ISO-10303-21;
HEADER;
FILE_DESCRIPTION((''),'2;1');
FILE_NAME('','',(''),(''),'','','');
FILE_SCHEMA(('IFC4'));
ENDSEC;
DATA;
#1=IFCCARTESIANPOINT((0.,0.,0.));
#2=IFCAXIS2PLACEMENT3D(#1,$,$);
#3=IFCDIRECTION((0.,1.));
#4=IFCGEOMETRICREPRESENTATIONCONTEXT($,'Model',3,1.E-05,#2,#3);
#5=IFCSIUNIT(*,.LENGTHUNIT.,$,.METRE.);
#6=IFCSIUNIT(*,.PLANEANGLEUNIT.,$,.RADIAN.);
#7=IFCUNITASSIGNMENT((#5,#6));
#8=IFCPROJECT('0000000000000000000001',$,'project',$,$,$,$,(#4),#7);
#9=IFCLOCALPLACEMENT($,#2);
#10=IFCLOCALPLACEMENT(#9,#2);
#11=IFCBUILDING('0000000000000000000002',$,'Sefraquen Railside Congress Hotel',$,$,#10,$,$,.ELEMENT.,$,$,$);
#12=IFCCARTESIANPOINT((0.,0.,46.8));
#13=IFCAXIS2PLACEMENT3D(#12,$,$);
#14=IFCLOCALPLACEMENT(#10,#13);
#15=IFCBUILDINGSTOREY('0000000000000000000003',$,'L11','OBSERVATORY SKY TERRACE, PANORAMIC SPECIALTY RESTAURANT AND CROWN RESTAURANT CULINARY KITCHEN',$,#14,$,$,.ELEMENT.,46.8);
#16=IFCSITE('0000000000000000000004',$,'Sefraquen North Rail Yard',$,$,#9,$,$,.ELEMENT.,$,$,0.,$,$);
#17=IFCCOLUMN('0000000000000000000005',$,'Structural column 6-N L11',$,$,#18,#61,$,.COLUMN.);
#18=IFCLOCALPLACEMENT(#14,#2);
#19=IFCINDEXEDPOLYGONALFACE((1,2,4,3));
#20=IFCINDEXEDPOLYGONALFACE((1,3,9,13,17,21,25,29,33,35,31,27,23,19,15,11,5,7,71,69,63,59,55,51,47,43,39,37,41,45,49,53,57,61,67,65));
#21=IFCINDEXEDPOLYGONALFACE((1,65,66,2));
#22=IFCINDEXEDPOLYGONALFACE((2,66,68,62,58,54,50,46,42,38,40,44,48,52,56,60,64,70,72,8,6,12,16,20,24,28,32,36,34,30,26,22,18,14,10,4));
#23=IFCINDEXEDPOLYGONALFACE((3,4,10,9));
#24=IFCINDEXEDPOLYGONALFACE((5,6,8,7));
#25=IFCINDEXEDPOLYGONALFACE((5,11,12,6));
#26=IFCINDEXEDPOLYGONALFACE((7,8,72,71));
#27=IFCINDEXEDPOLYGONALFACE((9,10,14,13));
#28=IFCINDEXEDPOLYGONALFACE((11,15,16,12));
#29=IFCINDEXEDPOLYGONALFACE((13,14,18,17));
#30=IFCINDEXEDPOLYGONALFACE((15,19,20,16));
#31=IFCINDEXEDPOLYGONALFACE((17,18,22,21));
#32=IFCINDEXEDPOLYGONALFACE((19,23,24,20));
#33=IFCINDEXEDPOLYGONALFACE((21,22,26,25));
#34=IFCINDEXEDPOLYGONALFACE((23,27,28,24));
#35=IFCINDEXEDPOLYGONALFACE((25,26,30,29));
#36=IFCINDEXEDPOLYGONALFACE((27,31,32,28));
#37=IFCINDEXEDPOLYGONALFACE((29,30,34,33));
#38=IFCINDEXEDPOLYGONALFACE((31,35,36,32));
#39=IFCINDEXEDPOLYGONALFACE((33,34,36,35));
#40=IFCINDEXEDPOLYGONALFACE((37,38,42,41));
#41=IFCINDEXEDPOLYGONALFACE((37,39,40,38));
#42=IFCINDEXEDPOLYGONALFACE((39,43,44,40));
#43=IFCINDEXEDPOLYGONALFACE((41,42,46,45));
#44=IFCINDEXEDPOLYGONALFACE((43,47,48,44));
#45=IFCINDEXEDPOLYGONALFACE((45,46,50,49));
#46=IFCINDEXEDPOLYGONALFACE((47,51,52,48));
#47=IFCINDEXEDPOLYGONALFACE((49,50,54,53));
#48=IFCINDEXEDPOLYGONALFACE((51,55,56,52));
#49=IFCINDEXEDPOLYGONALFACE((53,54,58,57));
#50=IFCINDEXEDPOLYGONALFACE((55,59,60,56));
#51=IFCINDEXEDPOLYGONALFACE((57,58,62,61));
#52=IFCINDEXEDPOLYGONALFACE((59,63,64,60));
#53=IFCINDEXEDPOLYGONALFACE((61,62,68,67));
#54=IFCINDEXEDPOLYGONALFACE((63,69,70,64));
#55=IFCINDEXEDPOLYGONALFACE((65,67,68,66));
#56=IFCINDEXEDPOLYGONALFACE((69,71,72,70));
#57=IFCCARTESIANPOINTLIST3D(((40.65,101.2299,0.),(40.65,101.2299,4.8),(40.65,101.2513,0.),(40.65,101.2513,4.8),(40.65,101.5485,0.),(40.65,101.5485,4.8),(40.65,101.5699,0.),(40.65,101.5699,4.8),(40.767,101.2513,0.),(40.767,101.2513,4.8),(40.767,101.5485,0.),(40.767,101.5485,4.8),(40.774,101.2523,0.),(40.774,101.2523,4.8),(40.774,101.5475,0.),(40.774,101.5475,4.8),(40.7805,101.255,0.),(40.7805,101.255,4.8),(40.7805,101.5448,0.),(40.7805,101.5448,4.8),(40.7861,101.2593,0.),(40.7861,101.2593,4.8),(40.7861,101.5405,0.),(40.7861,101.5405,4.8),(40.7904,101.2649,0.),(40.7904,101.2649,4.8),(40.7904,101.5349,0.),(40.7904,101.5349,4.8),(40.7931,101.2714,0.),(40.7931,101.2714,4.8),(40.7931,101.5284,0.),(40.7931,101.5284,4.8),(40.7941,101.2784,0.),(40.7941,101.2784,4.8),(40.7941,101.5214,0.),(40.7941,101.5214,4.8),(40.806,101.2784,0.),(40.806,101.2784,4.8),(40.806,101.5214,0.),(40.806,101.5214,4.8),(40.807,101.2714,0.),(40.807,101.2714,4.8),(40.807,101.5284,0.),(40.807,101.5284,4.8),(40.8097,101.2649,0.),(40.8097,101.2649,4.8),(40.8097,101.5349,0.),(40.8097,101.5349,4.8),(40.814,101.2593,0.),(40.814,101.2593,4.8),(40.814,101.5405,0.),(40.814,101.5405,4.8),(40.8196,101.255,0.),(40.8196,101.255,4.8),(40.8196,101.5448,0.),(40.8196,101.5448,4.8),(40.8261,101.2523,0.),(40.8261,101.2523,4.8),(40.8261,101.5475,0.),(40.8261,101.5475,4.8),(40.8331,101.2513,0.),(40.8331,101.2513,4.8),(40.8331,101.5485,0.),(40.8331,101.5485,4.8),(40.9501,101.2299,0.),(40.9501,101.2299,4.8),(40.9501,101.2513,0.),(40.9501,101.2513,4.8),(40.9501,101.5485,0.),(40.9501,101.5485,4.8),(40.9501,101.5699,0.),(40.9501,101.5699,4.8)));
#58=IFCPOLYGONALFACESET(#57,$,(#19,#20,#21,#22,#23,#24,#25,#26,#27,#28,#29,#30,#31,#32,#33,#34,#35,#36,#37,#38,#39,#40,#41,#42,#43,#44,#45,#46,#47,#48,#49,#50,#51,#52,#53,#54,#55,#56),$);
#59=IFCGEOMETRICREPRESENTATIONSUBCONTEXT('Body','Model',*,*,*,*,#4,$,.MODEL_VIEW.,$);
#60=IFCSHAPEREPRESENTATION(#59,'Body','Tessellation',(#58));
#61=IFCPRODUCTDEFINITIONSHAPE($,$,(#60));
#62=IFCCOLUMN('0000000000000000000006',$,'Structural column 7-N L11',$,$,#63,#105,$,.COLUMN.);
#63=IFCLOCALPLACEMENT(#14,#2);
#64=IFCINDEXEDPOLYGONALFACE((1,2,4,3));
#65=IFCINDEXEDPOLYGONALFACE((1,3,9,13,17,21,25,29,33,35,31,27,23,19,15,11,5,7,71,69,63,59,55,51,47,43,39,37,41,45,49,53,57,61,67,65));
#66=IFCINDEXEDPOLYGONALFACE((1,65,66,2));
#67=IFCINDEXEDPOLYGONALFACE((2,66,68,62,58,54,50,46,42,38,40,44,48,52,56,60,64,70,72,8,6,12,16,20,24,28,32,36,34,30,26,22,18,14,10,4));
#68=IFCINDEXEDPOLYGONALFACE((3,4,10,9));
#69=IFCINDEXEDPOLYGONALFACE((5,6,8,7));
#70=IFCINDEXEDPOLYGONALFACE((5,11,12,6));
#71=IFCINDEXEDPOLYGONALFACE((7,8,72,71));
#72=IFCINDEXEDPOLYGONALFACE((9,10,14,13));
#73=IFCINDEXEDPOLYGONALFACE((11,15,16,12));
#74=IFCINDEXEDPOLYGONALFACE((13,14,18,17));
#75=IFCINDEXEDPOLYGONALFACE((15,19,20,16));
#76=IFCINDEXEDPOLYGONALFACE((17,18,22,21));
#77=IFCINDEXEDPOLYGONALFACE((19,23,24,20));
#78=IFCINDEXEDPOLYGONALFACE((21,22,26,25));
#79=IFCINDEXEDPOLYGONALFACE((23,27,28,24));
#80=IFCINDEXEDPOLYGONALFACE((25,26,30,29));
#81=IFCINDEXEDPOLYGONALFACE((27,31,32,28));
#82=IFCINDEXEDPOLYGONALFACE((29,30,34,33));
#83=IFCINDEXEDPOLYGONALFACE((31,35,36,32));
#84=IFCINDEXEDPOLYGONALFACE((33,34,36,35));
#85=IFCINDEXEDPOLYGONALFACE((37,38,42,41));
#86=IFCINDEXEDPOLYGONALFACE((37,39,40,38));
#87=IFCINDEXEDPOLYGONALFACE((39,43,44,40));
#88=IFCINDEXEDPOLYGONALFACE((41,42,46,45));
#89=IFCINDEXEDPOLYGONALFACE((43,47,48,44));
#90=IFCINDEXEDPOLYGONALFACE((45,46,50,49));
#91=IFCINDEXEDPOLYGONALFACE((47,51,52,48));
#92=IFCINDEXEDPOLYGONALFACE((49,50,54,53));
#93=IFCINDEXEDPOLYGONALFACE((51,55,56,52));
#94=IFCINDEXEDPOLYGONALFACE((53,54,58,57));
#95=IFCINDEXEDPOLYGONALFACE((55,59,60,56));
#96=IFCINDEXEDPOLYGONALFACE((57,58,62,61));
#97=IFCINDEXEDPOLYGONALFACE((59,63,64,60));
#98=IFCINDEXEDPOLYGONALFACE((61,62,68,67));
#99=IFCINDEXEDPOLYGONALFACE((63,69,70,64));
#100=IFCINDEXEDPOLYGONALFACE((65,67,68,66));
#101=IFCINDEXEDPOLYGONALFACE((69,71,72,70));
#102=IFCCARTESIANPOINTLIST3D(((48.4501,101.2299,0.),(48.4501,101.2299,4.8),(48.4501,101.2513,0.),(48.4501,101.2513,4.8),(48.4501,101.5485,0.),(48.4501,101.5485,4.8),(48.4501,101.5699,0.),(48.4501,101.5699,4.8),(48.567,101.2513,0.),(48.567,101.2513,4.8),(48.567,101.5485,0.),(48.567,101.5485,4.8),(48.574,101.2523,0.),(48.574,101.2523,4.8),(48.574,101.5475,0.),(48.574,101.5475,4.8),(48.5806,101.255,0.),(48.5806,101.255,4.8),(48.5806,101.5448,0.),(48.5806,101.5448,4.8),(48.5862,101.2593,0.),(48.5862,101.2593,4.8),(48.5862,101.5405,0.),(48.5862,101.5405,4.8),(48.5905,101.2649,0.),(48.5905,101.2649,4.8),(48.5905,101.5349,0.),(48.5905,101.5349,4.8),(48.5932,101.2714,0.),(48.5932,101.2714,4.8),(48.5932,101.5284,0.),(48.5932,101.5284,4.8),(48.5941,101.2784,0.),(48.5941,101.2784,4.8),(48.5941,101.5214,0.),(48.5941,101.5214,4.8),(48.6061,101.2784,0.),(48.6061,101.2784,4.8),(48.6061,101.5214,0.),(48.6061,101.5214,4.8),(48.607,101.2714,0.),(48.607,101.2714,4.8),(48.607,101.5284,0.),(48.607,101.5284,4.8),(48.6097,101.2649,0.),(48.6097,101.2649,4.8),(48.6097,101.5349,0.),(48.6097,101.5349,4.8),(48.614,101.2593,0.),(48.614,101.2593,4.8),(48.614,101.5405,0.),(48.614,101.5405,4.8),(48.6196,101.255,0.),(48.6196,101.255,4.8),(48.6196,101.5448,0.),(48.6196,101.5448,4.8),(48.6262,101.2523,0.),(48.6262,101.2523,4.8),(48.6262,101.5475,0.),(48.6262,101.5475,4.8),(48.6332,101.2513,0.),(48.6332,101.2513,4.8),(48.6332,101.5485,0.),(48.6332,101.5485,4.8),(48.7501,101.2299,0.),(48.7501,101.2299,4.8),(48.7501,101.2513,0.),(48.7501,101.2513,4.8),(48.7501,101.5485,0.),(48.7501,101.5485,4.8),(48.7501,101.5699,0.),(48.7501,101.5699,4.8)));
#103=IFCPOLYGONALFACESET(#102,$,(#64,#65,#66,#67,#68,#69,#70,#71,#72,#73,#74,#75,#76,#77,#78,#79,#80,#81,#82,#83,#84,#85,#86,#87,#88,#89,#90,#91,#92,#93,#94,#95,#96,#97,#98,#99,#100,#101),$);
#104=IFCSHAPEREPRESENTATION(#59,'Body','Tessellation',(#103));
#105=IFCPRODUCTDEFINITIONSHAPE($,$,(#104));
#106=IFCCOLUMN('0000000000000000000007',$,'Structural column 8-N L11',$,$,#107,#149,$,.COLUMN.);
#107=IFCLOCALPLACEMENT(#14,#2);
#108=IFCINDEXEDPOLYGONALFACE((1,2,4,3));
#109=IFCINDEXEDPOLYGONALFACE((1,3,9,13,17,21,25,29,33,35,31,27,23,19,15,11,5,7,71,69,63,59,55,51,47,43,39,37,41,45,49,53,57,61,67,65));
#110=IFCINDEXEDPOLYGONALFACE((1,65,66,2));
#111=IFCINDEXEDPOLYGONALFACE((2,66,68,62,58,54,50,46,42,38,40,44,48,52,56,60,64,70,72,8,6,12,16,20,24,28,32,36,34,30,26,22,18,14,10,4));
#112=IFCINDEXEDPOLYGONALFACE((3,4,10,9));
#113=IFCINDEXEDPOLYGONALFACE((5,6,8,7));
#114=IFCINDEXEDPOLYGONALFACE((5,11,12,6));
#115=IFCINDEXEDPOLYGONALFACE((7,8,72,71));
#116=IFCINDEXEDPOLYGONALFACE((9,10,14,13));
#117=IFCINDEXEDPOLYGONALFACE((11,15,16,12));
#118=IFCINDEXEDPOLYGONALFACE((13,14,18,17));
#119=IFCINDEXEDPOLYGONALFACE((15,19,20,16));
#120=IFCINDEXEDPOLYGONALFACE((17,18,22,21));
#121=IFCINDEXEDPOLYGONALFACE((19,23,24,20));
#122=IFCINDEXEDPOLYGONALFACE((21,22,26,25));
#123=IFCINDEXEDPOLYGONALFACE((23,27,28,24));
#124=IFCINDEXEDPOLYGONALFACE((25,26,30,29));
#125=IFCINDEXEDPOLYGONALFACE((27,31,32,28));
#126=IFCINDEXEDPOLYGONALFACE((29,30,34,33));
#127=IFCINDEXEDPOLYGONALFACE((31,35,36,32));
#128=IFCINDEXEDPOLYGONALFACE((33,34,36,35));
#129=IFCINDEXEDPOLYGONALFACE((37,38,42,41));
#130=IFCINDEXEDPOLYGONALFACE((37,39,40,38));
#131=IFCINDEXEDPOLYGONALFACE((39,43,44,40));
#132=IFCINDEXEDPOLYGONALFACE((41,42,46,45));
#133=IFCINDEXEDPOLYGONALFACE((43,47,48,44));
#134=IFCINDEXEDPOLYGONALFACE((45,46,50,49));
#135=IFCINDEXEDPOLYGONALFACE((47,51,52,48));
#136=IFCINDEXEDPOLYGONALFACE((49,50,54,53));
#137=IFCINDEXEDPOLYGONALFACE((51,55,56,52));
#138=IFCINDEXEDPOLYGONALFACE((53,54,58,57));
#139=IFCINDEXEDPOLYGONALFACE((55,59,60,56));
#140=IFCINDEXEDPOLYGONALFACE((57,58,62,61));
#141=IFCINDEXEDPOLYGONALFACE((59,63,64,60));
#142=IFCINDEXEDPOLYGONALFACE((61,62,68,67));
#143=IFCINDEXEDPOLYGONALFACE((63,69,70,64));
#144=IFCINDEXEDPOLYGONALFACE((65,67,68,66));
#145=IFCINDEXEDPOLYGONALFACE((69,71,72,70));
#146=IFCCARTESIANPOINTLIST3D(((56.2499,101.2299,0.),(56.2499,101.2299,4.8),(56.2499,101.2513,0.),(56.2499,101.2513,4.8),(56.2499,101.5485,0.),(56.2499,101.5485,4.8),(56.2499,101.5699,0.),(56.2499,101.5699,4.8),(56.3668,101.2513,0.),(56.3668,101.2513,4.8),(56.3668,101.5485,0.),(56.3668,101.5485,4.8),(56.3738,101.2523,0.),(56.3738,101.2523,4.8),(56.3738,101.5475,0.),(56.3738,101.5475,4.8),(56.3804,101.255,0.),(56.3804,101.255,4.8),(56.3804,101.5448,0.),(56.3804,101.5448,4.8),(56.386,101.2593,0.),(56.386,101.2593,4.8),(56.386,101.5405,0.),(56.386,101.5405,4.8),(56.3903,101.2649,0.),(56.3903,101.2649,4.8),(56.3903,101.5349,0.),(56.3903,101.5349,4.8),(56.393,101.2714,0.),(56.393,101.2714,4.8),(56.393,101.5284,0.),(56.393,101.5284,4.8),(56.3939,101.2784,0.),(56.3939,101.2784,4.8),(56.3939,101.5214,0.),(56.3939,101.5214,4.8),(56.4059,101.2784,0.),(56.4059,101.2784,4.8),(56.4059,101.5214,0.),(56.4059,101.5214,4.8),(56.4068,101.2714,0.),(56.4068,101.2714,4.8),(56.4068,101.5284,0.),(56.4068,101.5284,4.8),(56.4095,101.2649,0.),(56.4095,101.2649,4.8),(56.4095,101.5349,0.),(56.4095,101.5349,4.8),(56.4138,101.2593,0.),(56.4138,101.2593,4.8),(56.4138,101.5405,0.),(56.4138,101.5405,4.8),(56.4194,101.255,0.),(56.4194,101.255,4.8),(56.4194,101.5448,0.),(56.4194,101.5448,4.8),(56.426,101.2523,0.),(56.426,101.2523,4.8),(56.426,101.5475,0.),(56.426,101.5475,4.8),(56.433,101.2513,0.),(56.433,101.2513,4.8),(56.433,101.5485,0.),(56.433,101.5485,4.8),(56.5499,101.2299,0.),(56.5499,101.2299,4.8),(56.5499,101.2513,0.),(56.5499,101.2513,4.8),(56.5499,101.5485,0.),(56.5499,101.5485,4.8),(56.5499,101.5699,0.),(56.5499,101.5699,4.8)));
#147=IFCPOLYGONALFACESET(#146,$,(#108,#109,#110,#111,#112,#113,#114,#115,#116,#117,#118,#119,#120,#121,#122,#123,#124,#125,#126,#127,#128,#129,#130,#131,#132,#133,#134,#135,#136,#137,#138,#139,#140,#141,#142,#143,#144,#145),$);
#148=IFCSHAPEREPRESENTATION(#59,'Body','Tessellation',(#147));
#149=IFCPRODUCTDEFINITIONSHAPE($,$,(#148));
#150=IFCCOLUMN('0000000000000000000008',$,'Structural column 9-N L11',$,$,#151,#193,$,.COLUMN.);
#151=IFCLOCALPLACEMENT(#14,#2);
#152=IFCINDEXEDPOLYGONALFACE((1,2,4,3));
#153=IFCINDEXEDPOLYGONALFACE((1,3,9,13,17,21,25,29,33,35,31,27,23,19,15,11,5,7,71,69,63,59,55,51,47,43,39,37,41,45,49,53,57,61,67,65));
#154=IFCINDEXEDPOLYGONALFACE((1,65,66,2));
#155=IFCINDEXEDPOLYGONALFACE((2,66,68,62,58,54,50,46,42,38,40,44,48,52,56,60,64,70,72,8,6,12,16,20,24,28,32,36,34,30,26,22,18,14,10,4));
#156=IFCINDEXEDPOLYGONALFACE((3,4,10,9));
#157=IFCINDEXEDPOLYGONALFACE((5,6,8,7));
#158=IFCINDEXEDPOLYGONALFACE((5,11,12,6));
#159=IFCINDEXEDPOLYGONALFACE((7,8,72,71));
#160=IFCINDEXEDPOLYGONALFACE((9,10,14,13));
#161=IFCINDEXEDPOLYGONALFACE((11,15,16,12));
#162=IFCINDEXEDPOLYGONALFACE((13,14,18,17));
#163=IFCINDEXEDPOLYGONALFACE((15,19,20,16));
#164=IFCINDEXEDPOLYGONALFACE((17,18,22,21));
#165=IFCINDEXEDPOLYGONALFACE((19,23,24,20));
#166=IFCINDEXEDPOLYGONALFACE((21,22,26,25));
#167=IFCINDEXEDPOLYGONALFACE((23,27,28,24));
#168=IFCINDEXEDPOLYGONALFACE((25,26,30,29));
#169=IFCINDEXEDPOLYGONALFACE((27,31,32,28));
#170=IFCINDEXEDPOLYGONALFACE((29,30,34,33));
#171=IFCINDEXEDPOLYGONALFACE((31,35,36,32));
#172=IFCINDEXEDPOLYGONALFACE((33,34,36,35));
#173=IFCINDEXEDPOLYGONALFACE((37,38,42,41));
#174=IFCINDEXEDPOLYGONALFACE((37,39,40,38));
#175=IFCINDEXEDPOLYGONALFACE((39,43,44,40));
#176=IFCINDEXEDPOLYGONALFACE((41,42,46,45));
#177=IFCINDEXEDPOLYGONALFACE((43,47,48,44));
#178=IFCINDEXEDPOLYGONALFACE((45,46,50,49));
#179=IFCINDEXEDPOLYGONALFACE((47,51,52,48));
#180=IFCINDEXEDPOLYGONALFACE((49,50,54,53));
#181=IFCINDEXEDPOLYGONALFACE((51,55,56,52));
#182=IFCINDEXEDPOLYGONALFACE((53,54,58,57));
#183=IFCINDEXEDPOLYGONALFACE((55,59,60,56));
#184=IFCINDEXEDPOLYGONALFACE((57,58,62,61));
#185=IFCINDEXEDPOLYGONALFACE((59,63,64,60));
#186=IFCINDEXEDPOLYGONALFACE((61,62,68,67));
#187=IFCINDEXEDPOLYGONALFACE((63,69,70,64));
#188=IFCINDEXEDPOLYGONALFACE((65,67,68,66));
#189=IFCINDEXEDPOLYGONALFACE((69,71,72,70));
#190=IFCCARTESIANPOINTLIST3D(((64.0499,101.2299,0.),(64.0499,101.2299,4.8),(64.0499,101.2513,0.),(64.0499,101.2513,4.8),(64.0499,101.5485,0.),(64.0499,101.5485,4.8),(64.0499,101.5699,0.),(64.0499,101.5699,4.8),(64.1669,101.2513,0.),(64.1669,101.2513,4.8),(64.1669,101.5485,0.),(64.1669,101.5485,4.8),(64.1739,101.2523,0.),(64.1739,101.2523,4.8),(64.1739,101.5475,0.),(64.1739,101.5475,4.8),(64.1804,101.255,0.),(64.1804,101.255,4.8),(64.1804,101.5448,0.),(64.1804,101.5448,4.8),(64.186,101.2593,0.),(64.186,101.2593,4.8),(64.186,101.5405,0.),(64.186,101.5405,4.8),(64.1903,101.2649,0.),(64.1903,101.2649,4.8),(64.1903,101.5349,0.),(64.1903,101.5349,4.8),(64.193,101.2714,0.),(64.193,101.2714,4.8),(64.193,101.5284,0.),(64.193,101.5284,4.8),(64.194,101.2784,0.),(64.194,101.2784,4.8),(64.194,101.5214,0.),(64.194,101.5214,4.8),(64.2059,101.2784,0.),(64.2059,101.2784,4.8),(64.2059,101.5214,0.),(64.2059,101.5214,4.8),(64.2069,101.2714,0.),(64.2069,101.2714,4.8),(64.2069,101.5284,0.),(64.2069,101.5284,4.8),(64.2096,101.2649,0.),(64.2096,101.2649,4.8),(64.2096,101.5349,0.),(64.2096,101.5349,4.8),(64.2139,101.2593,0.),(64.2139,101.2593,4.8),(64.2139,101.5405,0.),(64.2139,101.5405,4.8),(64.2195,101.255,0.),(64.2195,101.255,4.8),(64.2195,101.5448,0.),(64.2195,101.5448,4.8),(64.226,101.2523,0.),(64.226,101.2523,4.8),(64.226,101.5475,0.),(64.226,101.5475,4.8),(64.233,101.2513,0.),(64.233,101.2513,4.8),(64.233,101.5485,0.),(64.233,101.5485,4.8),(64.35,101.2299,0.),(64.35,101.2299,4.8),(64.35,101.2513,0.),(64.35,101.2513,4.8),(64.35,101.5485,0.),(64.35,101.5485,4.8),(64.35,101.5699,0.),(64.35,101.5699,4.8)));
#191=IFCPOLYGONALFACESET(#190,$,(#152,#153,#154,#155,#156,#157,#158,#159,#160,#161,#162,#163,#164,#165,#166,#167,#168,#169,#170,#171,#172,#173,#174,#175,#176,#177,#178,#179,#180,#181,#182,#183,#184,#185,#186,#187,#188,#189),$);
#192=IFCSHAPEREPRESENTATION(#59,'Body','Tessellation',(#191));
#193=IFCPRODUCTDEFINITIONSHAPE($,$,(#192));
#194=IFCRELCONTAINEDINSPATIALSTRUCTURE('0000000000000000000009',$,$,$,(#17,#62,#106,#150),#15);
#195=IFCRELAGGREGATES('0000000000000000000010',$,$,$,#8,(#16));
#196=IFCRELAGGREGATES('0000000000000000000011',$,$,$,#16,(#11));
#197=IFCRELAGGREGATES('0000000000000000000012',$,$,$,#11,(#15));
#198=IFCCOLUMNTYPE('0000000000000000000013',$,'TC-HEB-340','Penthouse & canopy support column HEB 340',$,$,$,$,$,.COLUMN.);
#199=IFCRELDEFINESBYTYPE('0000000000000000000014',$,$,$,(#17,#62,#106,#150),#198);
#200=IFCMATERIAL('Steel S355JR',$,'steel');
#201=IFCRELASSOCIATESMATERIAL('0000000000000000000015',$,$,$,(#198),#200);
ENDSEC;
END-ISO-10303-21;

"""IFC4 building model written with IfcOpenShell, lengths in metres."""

from ifc_helpers import new_model, si_unit, direction, frame, origin, origin_2d, place, context, subcontext, project, spatial, i_section, extrude, material, material_profile, profile_set, type_object, element, save


model = new_model("IFC4")

# Units and contexts
model_context = context("Model", 3, precision=1e-05, world=origin(), true_north=direction((0.0, 1.0)))
body_context = subcontext(model_context, "Body", "Model", "MODEL_VIEW")
ifc_project = project(units=[si_unit("LENGTHUNIT", "METRE"), si_unit("PLANEANGLEUNIT", "RADIAN")], contexts=[model_context])

# Site, building, storey
site_placement = place(None, origin())
site = spatial("IfcSite", under=ifc_project, at=site_placement, Name="Sefraquen North Rail Yard", CompositionType="ELEMENT", RefElevation=0.0)
building_placement = place(site_placement, origin())
building = spatial("IfcBuilding", under=site, at=building_placement, Name="Sefraquen Railside Congress Hotel", CompositionType="ELEMENT")
storey_placement = place(building_placement, frame((0.0, 0.0, 46.8)))
storey = spatial("IfcBuildingStorey", under=building, at=storey_placement, Name="L11", Description="OBSERVATORY SKY TERRACE, PANORAMIC SPECIALTY RESTAURANT AND CROWN RESTAURANT CULINARY KITCHEN", CompositionType="ELEMENT", Elevation=46.8)

# Columns
ifc_material_1 = material(Name="Steel S355JR", Category="steel")
ifc_material_profile_1 = material_profile(ifc_material_1, i_section(OverallWidth=0.3, OverallDepth=0.3401, WebThickness=0.012, FlangeThickness=0.0215, FilletRadius=0.0271, at=origin_2d()), Name="HEB 340")
ifc_profile_set_1 = profile_set([ifc_material_profile_1], Name="Steel S355JR")
column_type = type_object("IfcColumnType", Name="TC-HEB-340", Description="Penthouse & canopy support column HEB 340", PredefinedType="COLUMN", material=ifc_profile_set_1)
for number, where, z_axis, x_axis, name in (
    (1, (40.8, 101.3999, 0.0), (0.0, 0.0, 1.0), (1.0, 0.0, 0.0), "Structural column 6-N L11"),
    (2, (48.6001, 101.3999, 0.0), (0.0, 0.0, 1.0), (1.0, 0.0, 0.0), "Structural column 7-N L11"),
    (3, (56.3999, 101.3999, 0.0), (0.0, 0.0, 1.0), (1.0, 0.0, 0.0), "Structural column 8-N L11"),
    (4, (64.2, 101.3999, 0.0), (0.0, 0.0, 1.0), (1.0, 0.0, 0.0), "Structural column 9-N L11"),
):
    element("IfcColumn", number, at=place(storey_placement, frame(where, z_axis=z_axis, x_axis=x_axis)), inside=storey, type_object=column_type, Name=name, PredefinedType="COLUMN", context=body_context, shape_type="SweptSolid", body=[
        extrude(i_section(OverallWidth=0.3, OverallDepth=0.3401, WebThickness=0.012, FlangeThickness=0.0215, FilletRadius=0.0271, at=origin_2d()), origin(), (0.0, 0.0, 1.0), 4.8),
    ])

save(model, "model.ifc")
